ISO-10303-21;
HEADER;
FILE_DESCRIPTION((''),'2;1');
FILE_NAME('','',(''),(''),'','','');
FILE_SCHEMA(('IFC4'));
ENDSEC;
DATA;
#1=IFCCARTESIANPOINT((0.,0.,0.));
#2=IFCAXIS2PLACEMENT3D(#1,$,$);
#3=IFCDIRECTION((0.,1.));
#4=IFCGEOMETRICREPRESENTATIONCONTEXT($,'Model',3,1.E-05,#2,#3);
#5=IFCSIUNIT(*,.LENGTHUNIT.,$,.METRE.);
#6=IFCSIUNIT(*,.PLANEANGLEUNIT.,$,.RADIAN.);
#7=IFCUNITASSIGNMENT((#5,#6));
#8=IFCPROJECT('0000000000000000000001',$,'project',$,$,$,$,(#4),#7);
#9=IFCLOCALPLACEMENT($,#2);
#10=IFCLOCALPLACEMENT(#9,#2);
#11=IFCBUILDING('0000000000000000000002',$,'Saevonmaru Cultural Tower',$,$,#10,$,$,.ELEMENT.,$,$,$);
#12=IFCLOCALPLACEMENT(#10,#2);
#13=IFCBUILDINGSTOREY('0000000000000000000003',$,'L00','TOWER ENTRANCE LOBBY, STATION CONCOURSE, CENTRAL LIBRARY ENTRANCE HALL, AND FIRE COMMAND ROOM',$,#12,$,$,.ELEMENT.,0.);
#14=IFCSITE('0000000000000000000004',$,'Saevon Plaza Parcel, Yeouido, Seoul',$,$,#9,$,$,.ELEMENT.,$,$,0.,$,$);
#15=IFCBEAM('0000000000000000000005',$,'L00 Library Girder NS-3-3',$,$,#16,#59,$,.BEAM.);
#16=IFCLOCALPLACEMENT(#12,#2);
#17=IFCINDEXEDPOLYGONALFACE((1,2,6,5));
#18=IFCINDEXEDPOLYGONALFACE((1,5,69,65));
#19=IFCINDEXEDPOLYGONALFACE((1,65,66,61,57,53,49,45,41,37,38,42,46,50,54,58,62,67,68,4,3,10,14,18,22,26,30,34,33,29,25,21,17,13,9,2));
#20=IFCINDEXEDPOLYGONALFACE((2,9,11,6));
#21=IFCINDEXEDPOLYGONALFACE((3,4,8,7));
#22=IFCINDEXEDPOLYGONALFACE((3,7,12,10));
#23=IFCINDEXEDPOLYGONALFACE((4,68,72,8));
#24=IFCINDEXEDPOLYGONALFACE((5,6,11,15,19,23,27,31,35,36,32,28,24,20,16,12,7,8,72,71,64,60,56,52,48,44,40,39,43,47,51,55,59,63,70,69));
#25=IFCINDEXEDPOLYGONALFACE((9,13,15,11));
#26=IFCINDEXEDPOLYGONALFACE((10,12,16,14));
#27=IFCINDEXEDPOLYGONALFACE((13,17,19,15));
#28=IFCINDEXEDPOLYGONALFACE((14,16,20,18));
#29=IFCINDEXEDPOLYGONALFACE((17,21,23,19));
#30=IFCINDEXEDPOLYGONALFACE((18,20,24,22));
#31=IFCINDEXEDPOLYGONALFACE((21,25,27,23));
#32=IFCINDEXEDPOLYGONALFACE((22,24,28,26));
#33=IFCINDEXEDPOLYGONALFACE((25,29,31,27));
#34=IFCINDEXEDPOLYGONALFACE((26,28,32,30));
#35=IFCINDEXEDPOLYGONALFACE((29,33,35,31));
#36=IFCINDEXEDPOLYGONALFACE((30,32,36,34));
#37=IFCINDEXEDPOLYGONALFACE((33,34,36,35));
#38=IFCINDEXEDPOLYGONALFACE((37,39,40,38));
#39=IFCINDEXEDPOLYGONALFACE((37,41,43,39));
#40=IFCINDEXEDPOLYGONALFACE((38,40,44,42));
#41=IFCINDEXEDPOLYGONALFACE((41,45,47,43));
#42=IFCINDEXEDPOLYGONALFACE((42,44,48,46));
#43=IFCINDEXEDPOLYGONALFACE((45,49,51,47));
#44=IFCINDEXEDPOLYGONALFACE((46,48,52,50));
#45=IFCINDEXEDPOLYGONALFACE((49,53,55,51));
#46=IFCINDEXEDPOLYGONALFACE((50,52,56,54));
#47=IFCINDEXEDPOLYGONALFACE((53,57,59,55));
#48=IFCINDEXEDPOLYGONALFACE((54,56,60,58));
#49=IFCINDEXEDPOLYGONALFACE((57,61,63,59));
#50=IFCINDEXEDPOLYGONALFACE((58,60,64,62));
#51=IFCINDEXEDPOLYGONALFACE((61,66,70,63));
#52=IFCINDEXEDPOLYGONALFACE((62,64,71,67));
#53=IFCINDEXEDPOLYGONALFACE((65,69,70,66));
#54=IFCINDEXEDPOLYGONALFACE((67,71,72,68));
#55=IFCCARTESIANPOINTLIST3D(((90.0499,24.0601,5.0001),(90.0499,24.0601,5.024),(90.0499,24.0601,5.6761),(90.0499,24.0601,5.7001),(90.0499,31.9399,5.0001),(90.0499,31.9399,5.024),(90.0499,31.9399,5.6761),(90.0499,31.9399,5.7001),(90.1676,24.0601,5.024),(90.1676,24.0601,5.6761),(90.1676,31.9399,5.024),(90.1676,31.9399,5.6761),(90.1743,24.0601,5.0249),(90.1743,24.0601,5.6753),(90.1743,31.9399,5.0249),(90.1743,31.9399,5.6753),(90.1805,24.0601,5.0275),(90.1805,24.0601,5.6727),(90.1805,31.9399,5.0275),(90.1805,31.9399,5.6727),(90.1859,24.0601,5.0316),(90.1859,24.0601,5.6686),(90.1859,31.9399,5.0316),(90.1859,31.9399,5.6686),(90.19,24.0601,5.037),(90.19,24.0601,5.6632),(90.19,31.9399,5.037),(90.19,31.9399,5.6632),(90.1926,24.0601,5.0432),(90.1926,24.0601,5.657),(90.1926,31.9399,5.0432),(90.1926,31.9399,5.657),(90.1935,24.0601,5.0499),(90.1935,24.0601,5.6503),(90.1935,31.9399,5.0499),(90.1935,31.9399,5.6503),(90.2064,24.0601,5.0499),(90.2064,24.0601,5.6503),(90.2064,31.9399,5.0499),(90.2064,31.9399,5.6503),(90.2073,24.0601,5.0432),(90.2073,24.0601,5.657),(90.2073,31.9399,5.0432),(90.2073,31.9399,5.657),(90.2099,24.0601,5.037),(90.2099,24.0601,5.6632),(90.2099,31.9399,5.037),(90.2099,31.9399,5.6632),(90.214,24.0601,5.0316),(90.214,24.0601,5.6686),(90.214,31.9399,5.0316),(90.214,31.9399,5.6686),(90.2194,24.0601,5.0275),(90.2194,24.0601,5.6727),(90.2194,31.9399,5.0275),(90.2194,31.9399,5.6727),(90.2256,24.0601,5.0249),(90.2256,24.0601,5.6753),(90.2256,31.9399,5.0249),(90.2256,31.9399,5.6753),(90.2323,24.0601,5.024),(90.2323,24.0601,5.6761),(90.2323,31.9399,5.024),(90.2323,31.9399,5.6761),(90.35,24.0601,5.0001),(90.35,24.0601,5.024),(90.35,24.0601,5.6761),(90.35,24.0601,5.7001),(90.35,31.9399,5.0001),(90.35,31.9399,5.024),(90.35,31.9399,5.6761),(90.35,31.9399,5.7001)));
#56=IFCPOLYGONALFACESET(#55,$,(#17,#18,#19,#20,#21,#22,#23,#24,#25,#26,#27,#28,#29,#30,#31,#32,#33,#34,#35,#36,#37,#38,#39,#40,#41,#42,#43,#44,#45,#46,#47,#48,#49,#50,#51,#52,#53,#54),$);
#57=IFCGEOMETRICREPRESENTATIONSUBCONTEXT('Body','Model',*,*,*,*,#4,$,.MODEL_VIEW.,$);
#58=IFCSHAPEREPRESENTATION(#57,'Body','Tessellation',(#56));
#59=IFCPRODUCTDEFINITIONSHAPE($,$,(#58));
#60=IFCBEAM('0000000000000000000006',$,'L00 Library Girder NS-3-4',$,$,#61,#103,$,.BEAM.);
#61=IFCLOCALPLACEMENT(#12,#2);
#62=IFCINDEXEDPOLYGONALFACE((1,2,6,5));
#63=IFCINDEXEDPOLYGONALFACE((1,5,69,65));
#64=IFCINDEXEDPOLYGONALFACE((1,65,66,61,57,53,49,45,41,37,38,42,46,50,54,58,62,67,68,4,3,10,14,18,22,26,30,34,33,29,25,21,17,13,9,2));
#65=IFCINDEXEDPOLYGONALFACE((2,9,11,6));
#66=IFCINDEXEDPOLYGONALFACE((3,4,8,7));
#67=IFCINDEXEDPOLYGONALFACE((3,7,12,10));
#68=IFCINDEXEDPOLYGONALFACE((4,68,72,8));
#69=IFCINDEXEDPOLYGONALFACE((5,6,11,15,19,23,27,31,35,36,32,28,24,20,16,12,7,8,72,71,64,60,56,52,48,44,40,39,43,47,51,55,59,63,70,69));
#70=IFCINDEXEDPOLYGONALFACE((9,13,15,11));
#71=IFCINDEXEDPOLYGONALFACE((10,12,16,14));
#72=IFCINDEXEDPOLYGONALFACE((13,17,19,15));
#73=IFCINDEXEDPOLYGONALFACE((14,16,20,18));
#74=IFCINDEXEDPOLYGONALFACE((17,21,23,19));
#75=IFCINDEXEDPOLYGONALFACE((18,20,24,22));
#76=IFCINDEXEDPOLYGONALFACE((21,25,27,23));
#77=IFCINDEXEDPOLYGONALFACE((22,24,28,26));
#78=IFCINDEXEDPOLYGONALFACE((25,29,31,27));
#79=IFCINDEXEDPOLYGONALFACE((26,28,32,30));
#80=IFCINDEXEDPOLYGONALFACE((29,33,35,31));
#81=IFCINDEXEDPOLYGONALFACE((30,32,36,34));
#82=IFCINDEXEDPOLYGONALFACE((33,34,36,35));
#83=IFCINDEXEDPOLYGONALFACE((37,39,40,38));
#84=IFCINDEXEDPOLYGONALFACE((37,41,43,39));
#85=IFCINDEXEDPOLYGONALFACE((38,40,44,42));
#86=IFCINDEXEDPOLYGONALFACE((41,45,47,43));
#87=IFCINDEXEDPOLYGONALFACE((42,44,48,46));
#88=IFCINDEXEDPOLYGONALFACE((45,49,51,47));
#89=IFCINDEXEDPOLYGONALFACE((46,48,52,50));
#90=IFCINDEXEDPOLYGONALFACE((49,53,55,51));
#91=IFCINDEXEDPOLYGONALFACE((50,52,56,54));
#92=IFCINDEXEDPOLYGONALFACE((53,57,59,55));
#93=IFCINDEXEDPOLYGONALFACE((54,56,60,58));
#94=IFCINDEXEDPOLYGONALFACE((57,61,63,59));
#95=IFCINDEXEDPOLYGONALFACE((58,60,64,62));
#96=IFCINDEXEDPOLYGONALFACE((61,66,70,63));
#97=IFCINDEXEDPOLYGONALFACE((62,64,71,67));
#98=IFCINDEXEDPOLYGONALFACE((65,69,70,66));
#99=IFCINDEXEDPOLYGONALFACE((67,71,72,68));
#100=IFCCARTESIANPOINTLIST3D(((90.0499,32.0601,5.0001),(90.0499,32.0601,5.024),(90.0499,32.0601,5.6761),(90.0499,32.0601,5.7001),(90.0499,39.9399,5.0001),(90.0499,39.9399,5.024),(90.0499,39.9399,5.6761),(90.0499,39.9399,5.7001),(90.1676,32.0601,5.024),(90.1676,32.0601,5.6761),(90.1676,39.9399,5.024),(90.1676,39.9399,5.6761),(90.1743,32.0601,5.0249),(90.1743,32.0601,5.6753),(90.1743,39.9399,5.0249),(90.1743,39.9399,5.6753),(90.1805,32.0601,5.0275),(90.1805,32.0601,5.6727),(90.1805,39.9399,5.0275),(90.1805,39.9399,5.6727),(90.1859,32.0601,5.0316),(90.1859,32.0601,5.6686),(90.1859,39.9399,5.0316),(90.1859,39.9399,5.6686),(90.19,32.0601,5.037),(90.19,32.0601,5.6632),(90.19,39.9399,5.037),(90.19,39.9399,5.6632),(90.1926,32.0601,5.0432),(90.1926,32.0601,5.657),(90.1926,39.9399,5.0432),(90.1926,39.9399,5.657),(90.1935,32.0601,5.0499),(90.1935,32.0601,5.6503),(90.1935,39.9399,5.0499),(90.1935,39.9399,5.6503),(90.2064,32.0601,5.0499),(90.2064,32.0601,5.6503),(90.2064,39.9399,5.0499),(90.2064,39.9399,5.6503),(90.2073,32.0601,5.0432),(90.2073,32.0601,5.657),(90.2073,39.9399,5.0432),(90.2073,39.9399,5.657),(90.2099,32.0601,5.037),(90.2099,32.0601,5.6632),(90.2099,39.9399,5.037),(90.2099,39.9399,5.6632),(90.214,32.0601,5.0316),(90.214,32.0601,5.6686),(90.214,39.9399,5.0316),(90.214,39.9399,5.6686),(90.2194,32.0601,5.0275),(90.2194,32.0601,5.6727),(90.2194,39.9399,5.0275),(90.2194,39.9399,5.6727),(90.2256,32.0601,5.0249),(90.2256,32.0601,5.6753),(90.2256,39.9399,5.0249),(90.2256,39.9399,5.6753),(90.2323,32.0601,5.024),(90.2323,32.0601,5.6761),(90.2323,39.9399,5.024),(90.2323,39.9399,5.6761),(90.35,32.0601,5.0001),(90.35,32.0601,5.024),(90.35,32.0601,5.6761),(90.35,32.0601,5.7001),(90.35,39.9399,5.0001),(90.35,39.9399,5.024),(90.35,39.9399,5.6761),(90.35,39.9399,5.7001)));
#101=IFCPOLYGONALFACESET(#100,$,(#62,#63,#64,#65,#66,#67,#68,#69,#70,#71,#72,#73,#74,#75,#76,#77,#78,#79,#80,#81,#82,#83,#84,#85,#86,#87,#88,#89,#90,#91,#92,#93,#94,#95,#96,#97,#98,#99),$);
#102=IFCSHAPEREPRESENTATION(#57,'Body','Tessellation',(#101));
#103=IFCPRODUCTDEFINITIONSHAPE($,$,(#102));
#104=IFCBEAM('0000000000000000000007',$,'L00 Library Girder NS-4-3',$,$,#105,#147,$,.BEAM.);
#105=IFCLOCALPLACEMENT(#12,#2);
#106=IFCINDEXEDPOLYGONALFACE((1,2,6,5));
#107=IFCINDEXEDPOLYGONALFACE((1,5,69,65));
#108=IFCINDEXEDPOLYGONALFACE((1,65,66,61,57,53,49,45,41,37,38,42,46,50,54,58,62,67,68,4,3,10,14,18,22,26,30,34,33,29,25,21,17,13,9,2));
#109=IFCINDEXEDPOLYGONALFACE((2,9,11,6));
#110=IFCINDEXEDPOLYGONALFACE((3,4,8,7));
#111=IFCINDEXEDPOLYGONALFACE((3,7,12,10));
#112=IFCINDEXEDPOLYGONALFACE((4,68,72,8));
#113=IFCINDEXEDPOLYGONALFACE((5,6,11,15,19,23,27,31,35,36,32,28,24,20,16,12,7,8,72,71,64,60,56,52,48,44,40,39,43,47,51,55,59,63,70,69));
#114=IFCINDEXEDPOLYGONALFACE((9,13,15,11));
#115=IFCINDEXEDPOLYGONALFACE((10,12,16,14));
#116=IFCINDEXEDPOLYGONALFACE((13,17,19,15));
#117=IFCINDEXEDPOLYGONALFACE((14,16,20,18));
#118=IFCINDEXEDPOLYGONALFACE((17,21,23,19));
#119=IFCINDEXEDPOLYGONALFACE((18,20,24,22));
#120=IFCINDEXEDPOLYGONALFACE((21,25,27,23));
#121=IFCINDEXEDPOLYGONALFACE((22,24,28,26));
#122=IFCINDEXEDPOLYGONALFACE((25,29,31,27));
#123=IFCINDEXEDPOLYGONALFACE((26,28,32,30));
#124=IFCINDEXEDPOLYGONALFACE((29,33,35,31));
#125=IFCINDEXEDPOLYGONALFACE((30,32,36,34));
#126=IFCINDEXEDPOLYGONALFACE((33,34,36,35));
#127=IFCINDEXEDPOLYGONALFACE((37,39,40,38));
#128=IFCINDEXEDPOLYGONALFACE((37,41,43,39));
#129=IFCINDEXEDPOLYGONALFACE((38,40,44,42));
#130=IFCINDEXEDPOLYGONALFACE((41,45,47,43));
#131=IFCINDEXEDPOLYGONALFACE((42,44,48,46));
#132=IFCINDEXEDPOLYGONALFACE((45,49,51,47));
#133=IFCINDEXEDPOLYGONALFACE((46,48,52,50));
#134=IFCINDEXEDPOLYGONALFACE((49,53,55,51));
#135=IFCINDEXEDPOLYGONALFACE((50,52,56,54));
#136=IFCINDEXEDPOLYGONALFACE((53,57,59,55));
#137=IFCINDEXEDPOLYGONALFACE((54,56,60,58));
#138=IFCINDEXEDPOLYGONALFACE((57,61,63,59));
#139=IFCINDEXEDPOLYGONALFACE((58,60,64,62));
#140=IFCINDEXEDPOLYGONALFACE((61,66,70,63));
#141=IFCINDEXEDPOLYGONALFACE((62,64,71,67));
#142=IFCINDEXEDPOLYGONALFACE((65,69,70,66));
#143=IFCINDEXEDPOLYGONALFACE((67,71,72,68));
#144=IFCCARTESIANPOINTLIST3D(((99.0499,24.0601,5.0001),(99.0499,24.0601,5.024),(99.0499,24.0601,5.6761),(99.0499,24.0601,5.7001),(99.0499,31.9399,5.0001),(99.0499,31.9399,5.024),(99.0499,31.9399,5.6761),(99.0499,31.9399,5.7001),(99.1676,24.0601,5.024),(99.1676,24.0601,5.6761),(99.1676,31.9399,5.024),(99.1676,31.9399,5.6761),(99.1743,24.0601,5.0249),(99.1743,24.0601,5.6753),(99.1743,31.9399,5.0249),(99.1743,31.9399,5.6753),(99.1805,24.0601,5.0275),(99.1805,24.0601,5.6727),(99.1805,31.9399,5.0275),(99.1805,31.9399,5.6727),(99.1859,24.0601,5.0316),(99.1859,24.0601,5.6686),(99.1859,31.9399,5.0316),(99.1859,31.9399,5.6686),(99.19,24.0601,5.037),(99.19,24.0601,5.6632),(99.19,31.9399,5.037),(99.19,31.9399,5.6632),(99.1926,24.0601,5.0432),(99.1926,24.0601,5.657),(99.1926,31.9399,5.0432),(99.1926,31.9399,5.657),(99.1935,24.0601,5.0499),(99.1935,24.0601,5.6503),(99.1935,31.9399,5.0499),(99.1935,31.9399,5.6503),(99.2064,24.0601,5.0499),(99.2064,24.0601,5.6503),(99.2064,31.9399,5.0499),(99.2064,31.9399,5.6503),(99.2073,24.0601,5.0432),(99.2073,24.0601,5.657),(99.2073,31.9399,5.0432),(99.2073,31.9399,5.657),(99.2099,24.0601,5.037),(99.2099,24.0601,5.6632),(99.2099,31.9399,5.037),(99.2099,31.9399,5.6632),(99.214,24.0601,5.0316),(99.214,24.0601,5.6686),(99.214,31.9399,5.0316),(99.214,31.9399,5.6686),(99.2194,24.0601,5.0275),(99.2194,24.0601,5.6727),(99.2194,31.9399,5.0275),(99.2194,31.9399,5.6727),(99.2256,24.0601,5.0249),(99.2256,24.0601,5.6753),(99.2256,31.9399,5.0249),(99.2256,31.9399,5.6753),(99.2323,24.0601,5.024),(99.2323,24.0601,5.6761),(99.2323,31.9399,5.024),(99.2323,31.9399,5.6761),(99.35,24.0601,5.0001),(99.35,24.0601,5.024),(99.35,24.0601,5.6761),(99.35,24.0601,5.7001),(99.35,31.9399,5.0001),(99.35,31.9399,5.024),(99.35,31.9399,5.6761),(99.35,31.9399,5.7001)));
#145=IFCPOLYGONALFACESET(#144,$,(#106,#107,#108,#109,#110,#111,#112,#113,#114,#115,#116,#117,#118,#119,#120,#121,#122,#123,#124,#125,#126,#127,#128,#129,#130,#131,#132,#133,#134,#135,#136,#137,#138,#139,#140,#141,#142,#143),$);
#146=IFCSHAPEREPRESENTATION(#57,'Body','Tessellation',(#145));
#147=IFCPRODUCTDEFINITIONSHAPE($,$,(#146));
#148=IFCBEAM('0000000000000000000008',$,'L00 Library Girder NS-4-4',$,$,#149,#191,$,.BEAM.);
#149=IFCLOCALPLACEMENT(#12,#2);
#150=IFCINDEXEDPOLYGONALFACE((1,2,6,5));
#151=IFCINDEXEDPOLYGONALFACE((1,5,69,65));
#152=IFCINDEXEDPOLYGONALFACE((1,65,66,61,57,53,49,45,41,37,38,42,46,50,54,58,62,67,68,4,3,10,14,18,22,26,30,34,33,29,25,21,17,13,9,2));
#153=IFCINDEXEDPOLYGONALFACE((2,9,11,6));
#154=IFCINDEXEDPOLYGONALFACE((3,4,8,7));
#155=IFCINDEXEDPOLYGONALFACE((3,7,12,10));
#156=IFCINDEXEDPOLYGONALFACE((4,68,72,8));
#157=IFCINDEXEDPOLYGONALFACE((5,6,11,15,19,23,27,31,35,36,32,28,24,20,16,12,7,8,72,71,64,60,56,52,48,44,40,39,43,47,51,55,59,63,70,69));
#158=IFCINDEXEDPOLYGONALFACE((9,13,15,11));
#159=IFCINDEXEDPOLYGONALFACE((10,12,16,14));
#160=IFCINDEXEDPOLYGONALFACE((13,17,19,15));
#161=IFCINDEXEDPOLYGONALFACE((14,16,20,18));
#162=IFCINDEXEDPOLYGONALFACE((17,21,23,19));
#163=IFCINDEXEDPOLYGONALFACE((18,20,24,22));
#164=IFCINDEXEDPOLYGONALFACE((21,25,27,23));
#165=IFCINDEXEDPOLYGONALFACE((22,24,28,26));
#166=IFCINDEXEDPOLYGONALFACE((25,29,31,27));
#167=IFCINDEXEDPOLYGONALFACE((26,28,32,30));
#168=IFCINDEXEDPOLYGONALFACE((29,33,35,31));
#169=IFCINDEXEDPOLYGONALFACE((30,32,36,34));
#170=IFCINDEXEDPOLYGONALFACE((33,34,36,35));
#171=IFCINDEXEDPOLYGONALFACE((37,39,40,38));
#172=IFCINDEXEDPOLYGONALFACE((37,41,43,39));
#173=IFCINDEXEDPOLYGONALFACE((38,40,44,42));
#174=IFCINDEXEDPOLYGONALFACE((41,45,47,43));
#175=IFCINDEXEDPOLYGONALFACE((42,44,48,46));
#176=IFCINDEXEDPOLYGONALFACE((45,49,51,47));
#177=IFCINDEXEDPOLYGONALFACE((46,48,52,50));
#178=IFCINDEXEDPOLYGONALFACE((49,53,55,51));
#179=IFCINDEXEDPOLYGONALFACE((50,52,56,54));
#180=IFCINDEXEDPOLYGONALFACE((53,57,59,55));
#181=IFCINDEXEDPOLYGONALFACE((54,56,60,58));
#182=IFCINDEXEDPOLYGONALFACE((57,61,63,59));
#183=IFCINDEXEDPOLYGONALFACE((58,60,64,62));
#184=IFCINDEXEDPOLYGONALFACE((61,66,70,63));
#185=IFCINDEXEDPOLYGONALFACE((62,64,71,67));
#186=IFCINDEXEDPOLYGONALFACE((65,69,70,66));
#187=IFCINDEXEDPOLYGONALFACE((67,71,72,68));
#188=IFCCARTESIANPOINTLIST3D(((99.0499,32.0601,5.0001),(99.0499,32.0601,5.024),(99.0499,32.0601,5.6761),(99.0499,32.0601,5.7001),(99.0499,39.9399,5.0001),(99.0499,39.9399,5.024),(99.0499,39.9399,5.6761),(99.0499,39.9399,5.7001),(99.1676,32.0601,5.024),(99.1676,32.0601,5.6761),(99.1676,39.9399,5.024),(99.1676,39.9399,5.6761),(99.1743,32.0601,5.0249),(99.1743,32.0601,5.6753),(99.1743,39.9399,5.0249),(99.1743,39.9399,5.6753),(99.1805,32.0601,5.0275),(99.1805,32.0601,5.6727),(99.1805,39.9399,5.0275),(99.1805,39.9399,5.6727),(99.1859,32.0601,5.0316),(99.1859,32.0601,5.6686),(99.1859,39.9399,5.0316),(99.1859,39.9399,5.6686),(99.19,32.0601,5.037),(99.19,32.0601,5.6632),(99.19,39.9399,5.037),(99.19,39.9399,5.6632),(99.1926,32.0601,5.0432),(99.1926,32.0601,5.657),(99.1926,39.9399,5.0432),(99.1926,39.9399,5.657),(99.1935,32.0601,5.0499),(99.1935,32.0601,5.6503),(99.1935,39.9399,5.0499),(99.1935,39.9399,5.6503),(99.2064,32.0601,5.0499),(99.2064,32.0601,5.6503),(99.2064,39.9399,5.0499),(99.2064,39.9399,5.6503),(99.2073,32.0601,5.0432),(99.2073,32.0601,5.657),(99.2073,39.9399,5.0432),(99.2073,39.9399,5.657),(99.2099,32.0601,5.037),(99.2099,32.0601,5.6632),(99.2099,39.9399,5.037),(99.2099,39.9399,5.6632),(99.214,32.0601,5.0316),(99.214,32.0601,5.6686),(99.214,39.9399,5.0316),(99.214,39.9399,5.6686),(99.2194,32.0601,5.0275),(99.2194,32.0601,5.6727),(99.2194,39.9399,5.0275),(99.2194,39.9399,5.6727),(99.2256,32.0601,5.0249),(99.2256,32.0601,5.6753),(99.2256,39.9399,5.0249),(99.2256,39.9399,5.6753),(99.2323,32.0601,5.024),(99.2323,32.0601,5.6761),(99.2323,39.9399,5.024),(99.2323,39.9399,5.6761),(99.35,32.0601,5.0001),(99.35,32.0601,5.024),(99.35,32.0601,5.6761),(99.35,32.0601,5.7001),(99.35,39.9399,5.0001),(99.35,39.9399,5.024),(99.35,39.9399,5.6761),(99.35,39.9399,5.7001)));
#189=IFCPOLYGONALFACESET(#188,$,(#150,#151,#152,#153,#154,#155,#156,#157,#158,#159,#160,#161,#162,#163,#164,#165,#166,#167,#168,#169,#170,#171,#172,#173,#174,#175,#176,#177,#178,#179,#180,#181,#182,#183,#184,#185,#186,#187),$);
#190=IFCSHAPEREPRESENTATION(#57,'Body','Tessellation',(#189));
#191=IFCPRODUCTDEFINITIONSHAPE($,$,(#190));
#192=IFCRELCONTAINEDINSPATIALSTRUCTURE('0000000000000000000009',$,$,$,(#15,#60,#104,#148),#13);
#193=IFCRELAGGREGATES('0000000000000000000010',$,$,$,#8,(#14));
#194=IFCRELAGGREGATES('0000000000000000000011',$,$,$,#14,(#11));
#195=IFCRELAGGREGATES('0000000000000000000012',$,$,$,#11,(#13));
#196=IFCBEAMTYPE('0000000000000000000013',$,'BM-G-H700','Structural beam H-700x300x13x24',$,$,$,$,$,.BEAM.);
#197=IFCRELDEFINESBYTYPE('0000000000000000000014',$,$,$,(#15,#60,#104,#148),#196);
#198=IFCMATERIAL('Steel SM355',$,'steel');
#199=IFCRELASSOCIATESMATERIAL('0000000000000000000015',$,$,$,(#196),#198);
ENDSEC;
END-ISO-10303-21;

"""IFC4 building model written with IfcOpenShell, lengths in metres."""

from ifc_helpers import new_model, si_unit, direction, frame, origin, origin_2d, place, context, subcontext, project, spatial, i_section, extrude, material, material_profile, profile_set, type_object, element, save


model = new_model("IFC4")

# Units and contexts
model_context = context("Model", 3, precision=1e-05, world=origin(), true_north=direction((0.0, 1.0)))
body_context = subcontext(model_context, "Body", "Model", "MODEL_VIEW")
ifc_project = project(units=[si_unit("LENGTHUNIT", "METRE"), si_unit("PLANEANGLEUNIT", "RADIAN")], contexts=[model_context])

# Site, building, storey
site_placement = place(None, origin())
site = spatial("IfcSite", under=ifc_project, at=site_placement, Name="Saevon Plaza Parcel, Yeouido, Seoul", CompositionType="ELEMENT", RefElevation=0.0)
building_placement = place(site_placement, origin())
building = spatial("IfcBuilding", under=site, at=building_placement, Name="Saevonmaru Cultural Tower", CompositionType="ELEMENT")
storey_placement = place(building_placement, origin())
storey = spatial("IfcBuildingStorey", under=building, at=storey_placement, Name="L00", Description="TOWER ENTRANCE LOBBY, STATION CONCOURSE, CENTRAL LIBRARY ENTRANCE HALL, AND FIRE COMMAND ROOM", CompositionType="ELEMENT", Elevation=0.0)

# Shared definitions
ifc_material_1 = material(Name="Steel SM355", Category="steel")

# Beams
ifc_material_profile_1 = material_profile(ifc_material_1, i_section(OverallWidth=0.3, OverallDepth=0.7, WebThickness=0.0129, FlangeThickness=0.0239, FilletRadius=0.0259, at=origin_2d()), Name="H-700x300x13x24")
ifc_profile_set_1 = profile_set([ifc_material_profile_1], Name="Steel SM355")
beam_type_1 = type_object("IfcBeamType", Name="BM-G-H700", Description="Structural beam H-700x300x13x24", PredefinedType="BEAM", material=ifc_profile_set_1)
for number, where, z_axis, x_axis, name in (
    (1, (90.2, 24.0601, 5.3501), (0.0, 1.0, 0.0), (-1.0, 0.0, 0.0), "L00 Library Girder NS-3-3"),
    (2, (90.2, 32.0601, 5.3501), (0.0, 1.0, 0.0), (-1.0, 0.0, 0.0), "L00 Library Girder NS-3-4"),
    (3, (99.2, 24.0601, 5.3501), (0.0, 1.0, 0.0), (-1.0, 0.0, 0.0), "L00 Library Girder NS-4-3"),
    (4, (99.2, 32.0601, 5.3501), (0.0, 1.0, 0.0), (-1.0, 0.0, 0.0), "L00 Library Girder NS-4-4"),
):
    element("IfcBeam", number, at=place(storey_placement, frame(where, z_axis=z_axis, x_axis=x_axis)), inside=storey, type_object=beam_type_1, Name=name, PredefinedType="BEAM", context=body_context, shape_type="SweptSolid", body=[
        extrude(i_section(OverallWidth=0.3, OverallDepth=0.7, WebThickness=0.0129, FlangeThickness=0.0239, FilletRadius=0.0259, at=origin_2d()), origin(), (0.0, 0.0, 1.0), 7.8799),
    ])

save(model, "model.ifc")
